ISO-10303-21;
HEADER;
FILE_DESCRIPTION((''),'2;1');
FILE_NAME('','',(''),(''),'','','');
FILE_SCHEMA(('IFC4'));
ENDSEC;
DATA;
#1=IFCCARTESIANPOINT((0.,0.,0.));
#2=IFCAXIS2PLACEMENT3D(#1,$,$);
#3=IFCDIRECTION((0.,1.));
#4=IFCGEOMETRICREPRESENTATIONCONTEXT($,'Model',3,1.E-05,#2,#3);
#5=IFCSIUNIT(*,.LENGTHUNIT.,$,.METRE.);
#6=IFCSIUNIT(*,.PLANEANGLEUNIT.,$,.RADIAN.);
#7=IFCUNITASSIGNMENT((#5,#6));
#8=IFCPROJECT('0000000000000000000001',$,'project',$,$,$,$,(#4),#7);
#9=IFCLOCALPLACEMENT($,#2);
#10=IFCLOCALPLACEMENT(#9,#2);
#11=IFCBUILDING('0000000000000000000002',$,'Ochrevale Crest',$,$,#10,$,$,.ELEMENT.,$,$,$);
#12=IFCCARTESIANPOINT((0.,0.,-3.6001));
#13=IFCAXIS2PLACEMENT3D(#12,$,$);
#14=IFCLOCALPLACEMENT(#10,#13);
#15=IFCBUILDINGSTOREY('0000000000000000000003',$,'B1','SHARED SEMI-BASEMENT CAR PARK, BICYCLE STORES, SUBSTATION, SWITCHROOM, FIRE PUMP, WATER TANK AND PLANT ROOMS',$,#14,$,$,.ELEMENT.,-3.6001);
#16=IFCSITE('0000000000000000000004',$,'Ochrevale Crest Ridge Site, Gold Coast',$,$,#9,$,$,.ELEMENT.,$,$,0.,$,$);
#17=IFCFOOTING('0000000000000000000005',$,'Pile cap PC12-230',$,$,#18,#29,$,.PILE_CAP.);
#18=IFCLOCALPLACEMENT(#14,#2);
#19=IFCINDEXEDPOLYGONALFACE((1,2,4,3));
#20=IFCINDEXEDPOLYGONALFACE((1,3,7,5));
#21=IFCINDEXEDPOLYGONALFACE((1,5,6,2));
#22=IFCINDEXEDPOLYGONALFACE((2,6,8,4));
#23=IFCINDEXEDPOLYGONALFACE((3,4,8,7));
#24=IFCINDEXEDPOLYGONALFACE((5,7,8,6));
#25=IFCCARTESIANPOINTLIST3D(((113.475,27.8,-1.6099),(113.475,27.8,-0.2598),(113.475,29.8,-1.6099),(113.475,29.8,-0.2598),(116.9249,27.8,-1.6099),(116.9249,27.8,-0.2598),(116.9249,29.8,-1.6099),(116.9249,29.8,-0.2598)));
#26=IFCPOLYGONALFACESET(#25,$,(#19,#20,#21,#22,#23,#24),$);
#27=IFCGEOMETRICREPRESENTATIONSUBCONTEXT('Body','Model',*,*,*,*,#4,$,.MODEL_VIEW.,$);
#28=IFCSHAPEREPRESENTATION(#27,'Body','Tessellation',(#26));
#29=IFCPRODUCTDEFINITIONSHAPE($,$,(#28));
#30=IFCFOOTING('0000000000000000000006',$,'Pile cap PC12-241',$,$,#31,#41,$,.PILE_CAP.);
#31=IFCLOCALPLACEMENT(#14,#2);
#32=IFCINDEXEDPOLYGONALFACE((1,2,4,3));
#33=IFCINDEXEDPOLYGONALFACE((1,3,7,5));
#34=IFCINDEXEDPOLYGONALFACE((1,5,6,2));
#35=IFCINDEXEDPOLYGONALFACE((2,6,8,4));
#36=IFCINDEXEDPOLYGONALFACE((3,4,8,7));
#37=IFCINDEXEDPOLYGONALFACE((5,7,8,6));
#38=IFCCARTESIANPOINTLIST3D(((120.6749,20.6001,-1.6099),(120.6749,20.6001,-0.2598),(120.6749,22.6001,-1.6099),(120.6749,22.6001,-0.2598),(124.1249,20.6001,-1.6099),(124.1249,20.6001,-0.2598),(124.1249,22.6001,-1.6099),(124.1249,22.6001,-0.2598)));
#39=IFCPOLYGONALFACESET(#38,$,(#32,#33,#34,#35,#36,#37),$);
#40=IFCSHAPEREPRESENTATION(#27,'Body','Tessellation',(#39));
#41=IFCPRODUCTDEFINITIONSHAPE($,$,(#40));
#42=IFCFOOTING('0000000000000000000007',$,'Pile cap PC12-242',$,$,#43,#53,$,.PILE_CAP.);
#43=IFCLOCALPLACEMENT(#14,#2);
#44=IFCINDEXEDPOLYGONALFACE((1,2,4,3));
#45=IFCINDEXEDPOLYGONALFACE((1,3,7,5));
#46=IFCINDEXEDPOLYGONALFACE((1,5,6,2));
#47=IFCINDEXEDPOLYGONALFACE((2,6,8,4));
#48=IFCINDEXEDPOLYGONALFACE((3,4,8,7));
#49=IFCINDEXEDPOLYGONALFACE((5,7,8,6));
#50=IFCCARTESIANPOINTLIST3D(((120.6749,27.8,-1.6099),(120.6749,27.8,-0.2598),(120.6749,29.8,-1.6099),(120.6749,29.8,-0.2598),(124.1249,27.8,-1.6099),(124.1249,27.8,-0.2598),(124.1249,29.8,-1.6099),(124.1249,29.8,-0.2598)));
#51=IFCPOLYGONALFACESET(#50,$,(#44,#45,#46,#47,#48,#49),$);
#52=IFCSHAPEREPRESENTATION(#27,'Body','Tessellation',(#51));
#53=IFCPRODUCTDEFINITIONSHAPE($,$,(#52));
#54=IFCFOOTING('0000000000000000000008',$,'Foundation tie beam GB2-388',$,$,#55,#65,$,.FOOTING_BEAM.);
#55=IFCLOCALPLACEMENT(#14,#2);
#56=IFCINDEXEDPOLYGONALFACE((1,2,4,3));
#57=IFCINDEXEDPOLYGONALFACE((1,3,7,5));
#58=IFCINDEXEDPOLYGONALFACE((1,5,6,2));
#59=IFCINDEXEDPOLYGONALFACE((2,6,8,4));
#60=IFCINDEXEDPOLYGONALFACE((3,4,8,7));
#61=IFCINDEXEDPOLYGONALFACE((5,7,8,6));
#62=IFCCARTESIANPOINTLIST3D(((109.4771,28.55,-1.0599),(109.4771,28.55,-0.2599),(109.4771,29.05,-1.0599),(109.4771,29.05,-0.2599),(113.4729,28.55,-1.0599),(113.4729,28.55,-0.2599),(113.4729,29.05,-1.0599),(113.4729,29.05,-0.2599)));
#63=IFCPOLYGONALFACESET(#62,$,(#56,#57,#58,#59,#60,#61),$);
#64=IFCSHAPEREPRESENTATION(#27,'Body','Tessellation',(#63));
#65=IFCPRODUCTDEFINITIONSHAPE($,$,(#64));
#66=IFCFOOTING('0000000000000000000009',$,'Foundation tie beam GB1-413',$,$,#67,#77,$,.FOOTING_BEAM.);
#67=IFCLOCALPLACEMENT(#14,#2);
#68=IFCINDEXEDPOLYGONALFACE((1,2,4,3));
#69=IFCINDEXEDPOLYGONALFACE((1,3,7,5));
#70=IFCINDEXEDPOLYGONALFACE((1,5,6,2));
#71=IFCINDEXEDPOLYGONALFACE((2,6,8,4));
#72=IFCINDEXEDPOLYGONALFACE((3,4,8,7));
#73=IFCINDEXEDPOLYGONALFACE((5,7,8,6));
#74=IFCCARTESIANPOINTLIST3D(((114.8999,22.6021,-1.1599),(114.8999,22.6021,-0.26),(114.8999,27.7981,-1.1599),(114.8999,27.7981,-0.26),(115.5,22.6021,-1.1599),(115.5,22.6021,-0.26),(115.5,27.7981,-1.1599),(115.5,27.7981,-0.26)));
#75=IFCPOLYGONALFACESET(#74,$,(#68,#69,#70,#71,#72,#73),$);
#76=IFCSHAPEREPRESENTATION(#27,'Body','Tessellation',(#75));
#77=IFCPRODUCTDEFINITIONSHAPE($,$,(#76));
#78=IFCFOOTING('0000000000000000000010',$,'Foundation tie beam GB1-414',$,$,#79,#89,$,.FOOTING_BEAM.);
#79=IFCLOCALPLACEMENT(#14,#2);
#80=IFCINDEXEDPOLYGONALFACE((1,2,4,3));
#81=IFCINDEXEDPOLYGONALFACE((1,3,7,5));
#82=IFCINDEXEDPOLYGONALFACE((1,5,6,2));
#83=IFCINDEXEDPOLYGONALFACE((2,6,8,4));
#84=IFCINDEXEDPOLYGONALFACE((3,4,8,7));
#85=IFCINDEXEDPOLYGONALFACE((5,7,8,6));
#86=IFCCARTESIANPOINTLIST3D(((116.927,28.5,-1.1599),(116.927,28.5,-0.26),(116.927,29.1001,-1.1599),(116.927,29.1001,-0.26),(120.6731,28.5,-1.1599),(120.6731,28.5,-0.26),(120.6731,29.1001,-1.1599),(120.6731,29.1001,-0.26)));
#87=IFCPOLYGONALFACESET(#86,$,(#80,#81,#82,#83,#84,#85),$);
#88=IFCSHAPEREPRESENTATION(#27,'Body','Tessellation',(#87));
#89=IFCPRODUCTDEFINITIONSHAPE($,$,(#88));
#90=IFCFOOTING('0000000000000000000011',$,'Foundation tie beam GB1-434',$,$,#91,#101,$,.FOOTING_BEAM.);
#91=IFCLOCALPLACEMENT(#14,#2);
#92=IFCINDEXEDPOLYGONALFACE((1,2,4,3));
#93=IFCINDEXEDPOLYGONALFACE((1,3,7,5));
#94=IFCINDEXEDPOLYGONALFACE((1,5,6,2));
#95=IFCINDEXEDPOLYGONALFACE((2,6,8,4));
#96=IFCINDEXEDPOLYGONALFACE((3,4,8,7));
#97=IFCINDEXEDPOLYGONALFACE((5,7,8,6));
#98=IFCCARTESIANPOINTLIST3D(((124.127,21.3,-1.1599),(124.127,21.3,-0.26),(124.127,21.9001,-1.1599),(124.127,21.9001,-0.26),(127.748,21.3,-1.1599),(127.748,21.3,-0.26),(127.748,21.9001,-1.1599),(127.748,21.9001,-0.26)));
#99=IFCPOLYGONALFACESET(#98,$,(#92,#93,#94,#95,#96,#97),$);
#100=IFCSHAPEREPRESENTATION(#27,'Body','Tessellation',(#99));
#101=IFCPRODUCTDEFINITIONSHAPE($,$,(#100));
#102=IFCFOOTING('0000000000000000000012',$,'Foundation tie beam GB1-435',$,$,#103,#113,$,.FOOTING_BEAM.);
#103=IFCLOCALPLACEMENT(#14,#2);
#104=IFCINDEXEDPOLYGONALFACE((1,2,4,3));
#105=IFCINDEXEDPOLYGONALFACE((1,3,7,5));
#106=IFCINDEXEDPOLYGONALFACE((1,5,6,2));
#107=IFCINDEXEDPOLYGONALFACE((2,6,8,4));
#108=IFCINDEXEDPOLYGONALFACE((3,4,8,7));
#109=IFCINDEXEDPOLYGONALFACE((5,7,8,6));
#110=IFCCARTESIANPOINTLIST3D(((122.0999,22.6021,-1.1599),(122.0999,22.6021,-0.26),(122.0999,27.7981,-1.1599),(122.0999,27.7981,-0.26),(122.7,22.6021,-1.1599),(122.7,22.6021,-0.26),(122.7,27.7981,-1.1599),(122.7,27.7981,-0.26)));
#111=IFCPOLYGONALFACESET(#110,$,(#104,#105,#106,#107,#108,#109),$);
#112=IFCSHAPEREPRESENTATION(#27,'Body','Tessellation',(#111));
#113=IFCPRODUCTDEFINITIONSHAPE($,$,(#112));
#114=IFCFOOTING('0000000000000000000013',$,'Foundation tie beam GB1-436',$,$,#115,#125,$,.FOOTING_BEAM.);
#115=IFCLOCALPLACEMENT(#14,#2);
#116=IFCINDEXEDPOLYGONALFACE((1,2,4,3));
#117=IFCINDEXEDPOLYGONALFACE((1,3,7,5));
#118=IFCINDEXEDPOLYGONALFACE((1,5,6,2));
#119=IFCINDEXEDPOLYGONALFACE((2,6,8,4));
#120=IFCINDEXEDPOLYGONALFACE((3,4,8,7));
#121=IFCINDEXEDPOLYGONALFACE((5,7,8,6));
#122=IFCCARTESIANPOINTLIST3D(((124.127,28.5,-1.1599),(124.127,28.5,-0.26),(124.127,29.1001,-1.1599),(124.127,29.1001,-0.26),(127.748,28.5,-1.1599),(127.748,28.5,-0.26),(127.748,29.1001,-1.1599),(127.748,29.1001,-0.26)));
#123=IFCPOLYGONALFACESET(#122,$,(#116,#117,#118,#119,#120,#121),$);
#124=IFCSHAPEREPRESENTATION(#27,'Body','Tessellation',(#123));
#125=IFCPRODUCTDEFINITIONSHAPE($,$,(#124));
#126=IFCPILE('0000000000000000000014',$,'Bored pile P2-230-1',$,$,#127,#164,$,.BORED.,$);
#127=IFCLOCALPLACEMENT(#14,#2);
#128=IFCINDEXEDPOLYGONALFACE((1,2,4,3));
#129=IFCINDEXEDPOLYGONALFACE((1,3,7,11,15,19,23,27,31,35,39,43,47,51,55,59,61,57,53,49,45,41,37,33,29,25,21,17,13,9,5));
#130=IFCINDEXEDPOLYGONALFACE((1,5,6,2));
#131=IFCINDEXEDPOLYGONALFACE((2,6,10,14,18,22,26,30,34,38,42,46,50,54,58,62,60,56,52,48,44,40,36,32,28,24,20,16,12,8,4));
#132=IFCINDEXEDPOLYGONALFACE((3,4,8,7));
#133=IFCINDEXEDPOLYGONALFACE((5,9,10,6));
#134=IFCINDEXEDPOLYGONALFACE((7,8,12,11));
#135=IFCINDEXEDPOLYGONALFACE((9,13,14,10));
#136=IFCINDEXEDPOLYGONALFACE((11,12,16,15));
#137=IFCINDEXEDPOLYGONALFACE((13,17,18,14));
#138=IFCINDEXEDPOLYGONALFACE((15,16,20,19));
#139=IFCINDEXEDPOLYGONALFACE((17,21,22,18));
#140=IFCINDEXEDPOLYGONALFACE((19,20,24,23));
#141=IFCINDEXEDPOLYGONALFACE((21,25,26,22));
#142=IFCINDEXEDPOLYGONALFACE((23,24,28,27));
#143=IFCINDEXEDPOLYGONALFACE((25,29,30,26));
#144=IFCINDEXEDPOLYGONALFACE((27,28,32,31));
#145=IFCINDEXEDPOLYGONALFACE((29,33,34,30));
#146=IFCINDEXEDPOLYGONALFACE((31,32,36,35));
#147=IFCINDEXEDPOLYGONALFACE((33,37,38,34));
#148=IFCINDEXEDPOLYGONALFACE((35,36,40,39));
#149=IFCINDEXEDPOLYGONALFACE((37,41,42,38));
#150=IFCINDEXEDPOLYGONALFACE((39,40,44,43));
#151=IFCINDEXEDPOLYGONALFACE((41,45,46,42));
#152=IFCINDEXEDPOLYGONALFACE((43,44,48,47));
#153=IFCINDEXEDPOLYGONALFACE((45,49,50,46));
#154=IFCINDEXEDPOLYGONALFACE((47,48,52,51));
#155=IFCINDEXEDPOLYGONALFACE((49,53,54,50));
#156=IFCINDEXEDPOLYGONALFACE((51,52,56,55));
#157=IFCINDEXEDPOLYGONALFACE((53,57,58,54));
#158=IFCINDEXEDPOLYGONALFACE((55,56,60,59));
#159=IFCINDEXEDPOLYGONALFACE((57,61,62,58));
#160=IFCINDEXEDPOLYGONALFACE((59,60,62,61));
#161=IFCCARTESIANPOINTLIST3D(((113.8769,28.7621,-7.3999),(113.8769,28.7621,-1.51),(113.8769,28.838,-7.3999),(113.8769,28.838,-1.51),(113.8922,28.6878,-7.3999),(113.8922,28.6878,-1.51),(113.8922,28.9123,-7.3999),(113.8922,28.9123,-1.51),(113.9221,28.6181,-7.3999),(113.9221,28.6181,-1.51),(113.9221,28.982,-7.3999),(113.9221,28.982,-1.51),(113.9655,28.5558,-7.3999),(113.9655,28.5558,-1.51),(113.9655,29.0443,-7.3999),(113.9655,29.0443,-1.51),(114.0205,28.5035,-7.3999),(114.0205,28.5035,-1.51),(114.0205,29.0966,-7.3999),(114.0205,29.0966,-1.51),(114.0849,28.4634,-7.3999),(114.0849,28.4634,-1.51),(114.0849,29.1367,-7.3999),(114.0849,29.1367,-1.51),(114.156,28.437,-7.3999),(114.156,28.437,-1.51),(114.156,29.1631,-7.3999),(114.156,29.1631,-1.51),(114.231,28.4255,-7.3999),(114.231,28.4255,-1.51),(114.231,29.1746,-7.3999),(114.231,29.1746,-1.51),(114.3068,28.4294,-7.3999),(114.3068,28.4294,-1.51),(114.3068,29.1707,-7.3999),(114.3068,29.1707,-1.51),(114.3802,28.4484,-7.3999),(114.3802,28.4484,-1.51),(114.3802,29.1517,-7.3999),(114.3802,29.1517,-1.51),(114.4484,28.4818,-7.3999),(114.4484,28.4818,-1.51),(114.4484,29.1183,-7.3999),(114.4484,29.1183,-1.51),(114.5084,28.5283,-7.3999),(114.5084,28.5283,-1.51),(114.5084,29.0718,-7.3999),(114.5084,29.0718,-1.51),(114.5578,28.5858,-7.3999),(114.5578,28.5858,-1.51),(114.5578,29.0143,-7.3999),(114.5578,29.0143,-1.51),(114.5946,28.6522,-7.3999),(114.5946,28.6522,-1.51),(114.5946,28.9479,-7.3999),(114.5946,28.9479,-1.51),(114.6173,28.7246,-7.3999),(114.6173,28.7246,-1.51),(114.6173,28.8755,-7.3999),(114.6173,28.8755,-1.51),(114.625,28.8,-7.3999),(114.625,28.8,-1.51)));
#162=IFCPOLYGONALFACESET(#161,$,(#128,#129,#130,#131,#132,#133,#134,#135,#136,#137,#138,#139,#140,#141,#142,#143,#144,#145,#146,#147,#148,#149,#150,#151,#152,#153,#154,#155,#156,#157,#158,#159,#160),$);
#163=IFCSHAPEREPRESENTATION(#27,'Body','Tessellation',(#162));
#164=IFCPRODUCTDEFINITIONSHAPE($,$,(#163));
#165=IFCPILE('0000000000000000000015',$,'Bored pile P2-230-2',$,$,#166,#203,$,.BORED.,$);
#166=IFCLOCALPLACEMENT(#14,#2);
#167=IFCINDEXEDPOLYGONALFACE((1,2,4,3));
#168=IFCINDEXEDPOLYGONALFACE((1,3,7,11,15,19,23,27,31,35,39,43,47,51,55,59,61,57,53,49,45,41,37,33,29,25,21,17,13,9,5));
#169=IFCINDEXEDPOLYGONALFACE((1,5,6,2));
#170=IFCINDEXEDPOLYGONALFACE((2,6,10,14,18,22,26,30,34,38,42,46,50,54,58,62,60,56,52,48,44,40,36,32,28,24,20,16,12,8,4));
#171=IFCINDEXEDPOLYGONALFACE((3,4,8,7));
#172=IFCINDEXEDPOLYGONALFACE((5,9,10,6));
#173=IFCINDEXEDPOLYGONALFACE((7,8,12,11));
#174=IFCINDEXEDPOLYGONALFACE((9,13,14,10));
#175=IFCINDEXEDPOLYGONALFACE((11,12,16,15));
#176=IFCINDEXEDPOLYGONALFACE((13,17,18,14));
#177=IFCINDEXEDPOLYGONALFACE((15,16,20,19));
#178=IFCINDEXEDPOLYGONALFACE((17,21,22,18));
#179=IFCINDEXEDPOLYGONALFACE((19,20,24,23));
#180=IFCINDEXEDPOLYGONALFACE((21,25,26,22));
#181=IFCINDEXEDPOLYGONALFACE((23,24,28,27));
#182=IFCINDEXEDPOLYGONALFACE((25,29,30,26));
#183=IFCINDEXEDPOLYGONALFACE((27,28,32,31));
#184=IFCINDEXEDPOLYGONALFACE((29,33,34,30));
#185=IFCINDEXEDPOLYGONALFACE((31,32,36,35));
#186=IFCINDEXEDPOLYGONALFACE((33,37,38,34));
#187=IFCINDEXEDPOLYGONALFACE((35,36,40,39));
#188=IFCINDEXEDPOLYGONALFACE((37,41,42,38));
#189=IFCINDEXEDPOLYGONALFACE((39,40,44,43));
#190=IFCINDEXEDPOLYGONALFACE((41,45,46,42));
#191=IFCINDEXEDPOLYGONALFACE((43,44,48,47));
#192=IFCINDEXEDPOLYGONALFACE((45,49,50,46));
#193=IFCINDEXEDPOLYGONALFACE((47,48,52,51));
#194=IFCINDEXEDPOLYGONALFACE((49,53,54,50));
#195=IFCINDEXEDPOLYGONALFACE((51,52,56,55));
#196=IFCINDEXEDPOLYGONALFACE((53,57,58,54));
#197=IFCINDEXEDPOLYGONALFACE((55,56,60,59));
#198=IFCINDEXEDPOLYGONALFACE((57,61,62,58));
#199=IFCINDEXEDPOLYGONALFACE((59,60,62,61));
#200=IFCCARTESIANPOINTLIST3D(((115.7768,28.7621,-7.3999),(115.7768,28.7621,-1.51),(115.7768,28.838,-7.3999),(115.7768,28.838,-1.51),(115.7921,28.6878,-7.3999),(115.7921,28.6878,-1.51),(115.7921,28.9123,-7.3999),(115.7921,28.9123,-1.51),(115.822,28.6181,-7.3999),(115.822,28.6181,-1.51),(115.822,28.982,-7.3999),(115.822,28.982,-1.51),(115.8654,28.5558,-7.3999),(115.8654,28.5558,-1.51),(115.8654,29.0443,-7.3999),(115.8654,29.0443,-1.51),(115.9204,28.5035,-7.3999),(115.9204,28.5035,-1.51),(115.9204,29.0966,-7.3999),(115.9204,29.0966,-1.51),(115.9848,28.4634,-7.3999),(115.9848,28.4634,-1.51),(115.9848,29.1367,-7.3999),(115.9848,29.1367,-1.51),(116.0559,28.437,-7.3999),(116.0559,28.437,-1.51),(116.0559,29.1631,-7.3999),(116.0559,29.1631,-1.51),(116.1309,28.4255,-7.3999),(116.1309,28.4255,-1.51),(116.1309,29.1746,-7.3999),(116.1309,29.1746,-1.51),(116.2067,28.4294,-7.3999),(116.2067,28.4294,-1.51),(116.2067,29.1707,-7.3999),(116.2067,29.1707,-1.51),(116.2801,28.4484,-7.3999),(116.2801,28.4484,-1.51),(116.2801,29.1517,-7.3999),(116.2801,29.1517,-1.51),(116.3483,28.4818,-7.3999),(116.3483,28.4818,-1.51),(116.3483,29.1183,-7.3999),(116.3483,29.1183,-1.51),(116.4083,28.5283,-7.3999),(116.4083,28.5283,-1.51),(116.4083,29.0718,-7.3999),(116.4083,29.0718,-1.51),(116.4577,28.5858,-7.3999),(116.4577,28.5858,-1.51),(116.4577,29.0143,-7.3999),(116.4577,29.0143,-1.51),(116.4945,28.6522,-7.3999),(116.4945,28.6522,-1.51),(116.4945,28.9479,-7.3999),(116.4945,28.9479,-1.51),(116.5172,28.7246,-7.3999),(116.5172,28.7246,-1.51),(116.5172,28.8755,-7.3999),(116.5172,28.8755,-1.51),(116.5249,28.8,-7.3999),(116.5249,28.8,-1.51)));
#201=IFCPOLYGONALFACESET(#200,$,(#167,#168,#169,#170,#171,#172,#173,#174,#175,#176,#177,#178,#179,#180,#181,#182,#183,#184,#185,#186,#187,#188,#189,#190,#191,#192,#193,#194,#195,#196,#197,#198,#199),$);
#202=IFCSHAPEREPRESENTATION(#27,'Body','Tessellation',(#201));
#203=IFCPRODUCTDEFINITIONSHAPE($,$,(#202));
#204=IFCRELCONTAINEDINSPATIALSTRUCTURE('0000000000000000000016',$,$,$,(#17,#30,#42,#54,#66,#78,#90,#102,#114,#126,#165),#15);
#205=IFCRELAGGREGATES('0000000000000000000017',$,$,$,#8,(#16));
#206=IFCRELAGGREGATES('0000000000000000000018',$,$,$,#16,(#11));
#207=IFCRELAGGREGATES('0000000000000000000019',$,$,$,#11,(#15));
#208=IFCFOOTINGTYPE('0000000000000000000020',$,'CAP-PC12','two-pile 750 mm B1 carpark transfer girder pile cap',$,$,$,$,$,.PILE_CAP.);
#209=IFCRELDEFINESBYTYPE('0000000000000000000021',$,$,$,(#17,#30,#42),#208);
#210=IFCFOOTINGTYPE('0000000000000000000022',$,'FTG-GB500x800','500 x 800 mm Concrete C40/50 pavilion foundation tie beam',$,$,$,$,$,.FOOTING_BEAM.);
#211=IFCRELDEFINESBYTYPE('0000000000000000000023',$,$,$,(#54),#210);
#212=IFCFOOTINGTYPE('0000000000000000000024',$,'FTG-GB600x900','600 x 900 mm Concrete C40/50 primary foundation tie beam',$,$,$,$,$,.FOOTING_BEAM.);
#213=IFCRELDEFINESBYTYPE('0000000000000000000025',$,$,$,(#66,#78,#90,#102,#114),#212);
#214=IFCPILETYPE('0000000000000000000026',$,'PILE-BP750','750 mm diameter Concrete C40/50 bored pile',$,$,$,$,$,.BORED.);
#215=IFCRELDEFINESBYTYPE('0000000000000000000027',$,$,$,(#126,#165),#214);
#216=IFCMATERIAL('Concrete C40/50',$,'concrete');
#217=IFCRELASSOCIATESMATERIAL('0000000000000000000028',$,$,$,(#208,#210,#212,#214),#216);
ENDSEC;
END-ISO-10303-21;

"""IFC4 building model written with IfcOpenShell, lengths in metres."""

from ifc_helpers import new_model, si_unit, direction, frame, origin, origin_2d, place, context, subcontext, project, spatial, rectangle, circle, extrude, material, material_profile, profile_set, type_object, element, save


model = new_model("IFC4")

# Units and contexts
model_context = context("Model", 3, precision=1e-05, world=origin(), true_north=direction((0.0, 1.0)))
body_context = subcontext(model_context, "Body", "Model", "MODEL_VIEW")
ifc_project = project(units=[si_unit("LENGTHUNIT", "METRE"), si_unit("PLANEANGLEUNIT", "RADIAN")], contexts=[model_context])

# Site, building, storey
site_placement = place(None, origin())
site = spatial("IfcSite", under=ifc_project, at=site_placement, Name="Ochrevale Crest Ridge Site, Gold Coast", CompositionType="ELEMENT", RefElevation=0.0)
building_placement = place(site_placement, origin())
building = spatial("IfcBuilding", under=site, at=building_placement, Name="Ochrevale Crest", CompositionType="ELEMENT")
storey_placement = place(building_placement, frame((0.0, 0.0, -3.6001)))
storey = spatial("IfcBuildingStorey", under=building, at=storey_placement, Name="B1", Description="SHARED SEMI-BASEMENT CAR PARK, BICYCLE STORES, SUBSTATION, SWITCHROOM, FIRE PUMP, WATER TANK AND PLANT ROOMS", CompositionType="ELEMENT", Elevation=-3.6001)

# Footings
ifc_material_1 = material(Name="Concrete C40/50", Category="concrete")
footing_type_1 = type_object("IfcFootingType", Name="CAP-PC12", Description="two-pile 750 mm B1 carpark transfer girder pile cap", PredefinedType="PILE_CAP", material=ifc_material_1)
for number, where, z_axis, x_axis, name in (
    (1, (115.2, 28.8, -1.6099), (0.0, 0.0, 1.0), (1.0, 0.0, 0.0), "Pile cap PC12-230"),
    (2, (122.3999, 21.6001, -1.6099), (0.0, 0.0, 1.0), (1.0, 0.0, 0.0), "Pile cap PC12-241"),
    (3, (122.3999, 28.8, -1.6099), (0.0, 0.0, 1.0), (1.0, 0.0, 0.0), "Pile cap PC12-242"),
):
    element("IfcFooting", number, at=place(storey_placement, frame(where, z_axis=z_axis, x_axis=x_axis)), inside=storey, type_object=footing_type_1, Name=name, PredefinedType="PILE_CAP", context=body_context, shape_type="SweptSolid", body=[
        extrude(rectangle(XDim=3.45, YDim=2.0, at=origin_2d()), origin(), (0.0, 0.0, 1.0), 1.3501),
    ])
ifc_material_profile_1 = material_profile(ifc_material_1, rectangle(XDim=0.5, YDim=0.8, at=origin_2d()), Name="GB 500x800")
ifc_profile_set_1 = profile_set([ifc_material_profile_1], Name="Concrete C40/50")
footing_type_2 = type_object("IfcFootingType", Name="FTG-GB500x800", Description="500 x 800 mm Concrete C40/50 pavilion foundation tie beam", PredefinedType="FOOTING_BEAM", material=ifc_profile_set_1)
footing_1_placement = place(storey_placement, frame((109.4771, 28.8, -0.6599), z_axis=(1.0, 0.0, 0.0), x_axis=(0.0, 1.0, 0.0)))
element("IfcFooting", 4, at=footing_1_placement, inside=storey, type_object=footing_type_2, Name="Foundation tie beam GB2-388", PredefinedType="FOOTING_BEAM", context=body_context, shape_type="SweptSolid", body=[
    extrude(rectangle(XDim=0.5, YDim=0.8, at=origin_2d()), origin(), (0.0, 0.0, 1.0), 3.9958),
])
ifc_material_profile_2 = material_profile(ifc_material_1, rectangle(XDim=0.6001, YDim=0.8999, at=origin_2d()), Name="GB 600x900")
ifc_profile_set_2 = profile_set([ifc_material_profile_2], Name="Concrete C40/50")
footing_type_3 = type_object("IfcFootingType", Name="FTG-GB600x900", Description="600 x 900 mm Concrete C40/50 primary foundation tie beam", PredefinedType="FOOTING_BEAM", material=ifc_profile_set_2)
footing_2_placement = place(storey_placement, frame((115.2, 22.6021, -0.71), z_axis=(0.0, 1.0, 0.0), x_axis=(-1.0, 0.0, 0.0)))
element("IfcFooting", 5, at=footing_2_placement, inside=storey, type_object=footing_type_3, Name="Foundation tie beam GB1-413", PredefinedType="FOOTING_BEAM", context=body_context, shape_type="SweptSolid", body=[
    extrude(rectangle(XDim=0.6001, YDim=0.8999, at=origin_2d()), origin(), (0.0, 0.0, 1.0), 5.196),
])
footing_3_placement = place(storey_placement, frame((116.927, 28.8, -0.71), z_axis=(1.0, 0.0, 0.0), x_axis=(0.0, 1.0, 0.0)))
element("IfcFooting", 6, at=footing_3_placement, inside=storey, type_object=footing_type_3, Name="Foundation tie beam GB1-414", PredefinedType="FOOTING_BEAM", context=body_context, shape_type="SweptSolid", body=[
    extrude(rectangle(XDim=0.6001, YDim=0.8999, at=origin_2d()), origin(), (0.0, 0.0, 1.0), 3.7461),
])
footing_4_placement = place(storey_placement, frame((124.127, 21.6001, -0.71), z_axis=(1.0, 0.0, 0.0), x_axis=(0.0, 1.0, 0.0)))
element("IfcFooting", 7, at=footing_4_placement, inside=storey, type_object=footing_type_3, Name="Foundation tie beam GB1-434", PredefinedType="FOOTING_BEAM", context=body_context, shape_type="SweptSolid", body=[
    extrude(rectangle(XDim=0.6001, YDim=0.8999, at=origin_2d()), origin(), (0.0, 0.0, 1.0), 3.6211),
])
footing_5_placement = place(storey_placement, frame((122.3999, 22.6021, -0.71), z_axis=(0.0, 1.0, 0.0), x_axis=(-1.0, 0.0, 0.0)))
element("IfcFooting", 8, at=footing_5_placement, inside=storey, type_object=footing_type_3, Name="Foundation tie beam GB1-435", PredefinedType="FOOTING_BEAM", context=body_context, shape_type="SweptSolid", body=[
    extrude(rectangle(XDim=0.6001, YDim=0.8999, at=origin_2d()), origin(), (0.0, 0.0, 1.0), 5.196),
])
footing_6_placement = place(storey_placement, frame((124.127, 28.8, -0.71), z_axis=(1.0, 0.0, 0.0), x_axis=(0.0, 1.0, 0.0)))
element("IfcFooting", 9, at=footing_6_placement, inside=storey, type_object=footing_type_3, Name="Foundation tie beam GB1-436", PredefinedType="FOOTING_BEAM", context=body_context, shape_type="SweptSolid", body=[
    extrude(rectangle(XDim=0.6001, YDim=0.8999, at=origin_2d()), origin(), (0.0, 0.0, 1.0), 3.6211),
])

# Piles
ifc_material_profile_3 = material_profile(ifc_material_1, circle(Radius=0.375, at=origin_2d()), Name="BORED PILE 750")
ifc_profile_set_3 = profile_set([ifc_material_profile_3], Name="Concrete C40/50")
pile_type = type_object("IfcPileType", Name="PILE-BP750", Description="750 mm diameter Concrete C40/50 bored pile", PredefinedType="BORED", material=ifc_profile_set_3)
for number, where, z_axis, x_axis, name in (
    (10, (114.25, 28.8, -1.51), (0.0, 0.0, -1.0), (1.0, 0.0, 0.0), "Bored pile P2-230-1"),
    (11, (116.1499, 28.8, -1.51), (0.0, 0.0, -1.0), (1.0, 0.0, 0.0), "Bored pile P2-230-2"),
):
    element("IfcPile", number, at=place(storey_placement, frame(where, z_axis=z_axis, x_axis=x_axis)), inside=storey, type_object=pile_type, Name=name, PredefinedType="BORED", context=body_context, shape_type="SweptSolid", body=[
        extrude(circle(Radius=0.375, at=origin_2d()), origin(), (0.0, 0.0, 1.0), 5.8899),
    ])

save(model, "model.ifc")
